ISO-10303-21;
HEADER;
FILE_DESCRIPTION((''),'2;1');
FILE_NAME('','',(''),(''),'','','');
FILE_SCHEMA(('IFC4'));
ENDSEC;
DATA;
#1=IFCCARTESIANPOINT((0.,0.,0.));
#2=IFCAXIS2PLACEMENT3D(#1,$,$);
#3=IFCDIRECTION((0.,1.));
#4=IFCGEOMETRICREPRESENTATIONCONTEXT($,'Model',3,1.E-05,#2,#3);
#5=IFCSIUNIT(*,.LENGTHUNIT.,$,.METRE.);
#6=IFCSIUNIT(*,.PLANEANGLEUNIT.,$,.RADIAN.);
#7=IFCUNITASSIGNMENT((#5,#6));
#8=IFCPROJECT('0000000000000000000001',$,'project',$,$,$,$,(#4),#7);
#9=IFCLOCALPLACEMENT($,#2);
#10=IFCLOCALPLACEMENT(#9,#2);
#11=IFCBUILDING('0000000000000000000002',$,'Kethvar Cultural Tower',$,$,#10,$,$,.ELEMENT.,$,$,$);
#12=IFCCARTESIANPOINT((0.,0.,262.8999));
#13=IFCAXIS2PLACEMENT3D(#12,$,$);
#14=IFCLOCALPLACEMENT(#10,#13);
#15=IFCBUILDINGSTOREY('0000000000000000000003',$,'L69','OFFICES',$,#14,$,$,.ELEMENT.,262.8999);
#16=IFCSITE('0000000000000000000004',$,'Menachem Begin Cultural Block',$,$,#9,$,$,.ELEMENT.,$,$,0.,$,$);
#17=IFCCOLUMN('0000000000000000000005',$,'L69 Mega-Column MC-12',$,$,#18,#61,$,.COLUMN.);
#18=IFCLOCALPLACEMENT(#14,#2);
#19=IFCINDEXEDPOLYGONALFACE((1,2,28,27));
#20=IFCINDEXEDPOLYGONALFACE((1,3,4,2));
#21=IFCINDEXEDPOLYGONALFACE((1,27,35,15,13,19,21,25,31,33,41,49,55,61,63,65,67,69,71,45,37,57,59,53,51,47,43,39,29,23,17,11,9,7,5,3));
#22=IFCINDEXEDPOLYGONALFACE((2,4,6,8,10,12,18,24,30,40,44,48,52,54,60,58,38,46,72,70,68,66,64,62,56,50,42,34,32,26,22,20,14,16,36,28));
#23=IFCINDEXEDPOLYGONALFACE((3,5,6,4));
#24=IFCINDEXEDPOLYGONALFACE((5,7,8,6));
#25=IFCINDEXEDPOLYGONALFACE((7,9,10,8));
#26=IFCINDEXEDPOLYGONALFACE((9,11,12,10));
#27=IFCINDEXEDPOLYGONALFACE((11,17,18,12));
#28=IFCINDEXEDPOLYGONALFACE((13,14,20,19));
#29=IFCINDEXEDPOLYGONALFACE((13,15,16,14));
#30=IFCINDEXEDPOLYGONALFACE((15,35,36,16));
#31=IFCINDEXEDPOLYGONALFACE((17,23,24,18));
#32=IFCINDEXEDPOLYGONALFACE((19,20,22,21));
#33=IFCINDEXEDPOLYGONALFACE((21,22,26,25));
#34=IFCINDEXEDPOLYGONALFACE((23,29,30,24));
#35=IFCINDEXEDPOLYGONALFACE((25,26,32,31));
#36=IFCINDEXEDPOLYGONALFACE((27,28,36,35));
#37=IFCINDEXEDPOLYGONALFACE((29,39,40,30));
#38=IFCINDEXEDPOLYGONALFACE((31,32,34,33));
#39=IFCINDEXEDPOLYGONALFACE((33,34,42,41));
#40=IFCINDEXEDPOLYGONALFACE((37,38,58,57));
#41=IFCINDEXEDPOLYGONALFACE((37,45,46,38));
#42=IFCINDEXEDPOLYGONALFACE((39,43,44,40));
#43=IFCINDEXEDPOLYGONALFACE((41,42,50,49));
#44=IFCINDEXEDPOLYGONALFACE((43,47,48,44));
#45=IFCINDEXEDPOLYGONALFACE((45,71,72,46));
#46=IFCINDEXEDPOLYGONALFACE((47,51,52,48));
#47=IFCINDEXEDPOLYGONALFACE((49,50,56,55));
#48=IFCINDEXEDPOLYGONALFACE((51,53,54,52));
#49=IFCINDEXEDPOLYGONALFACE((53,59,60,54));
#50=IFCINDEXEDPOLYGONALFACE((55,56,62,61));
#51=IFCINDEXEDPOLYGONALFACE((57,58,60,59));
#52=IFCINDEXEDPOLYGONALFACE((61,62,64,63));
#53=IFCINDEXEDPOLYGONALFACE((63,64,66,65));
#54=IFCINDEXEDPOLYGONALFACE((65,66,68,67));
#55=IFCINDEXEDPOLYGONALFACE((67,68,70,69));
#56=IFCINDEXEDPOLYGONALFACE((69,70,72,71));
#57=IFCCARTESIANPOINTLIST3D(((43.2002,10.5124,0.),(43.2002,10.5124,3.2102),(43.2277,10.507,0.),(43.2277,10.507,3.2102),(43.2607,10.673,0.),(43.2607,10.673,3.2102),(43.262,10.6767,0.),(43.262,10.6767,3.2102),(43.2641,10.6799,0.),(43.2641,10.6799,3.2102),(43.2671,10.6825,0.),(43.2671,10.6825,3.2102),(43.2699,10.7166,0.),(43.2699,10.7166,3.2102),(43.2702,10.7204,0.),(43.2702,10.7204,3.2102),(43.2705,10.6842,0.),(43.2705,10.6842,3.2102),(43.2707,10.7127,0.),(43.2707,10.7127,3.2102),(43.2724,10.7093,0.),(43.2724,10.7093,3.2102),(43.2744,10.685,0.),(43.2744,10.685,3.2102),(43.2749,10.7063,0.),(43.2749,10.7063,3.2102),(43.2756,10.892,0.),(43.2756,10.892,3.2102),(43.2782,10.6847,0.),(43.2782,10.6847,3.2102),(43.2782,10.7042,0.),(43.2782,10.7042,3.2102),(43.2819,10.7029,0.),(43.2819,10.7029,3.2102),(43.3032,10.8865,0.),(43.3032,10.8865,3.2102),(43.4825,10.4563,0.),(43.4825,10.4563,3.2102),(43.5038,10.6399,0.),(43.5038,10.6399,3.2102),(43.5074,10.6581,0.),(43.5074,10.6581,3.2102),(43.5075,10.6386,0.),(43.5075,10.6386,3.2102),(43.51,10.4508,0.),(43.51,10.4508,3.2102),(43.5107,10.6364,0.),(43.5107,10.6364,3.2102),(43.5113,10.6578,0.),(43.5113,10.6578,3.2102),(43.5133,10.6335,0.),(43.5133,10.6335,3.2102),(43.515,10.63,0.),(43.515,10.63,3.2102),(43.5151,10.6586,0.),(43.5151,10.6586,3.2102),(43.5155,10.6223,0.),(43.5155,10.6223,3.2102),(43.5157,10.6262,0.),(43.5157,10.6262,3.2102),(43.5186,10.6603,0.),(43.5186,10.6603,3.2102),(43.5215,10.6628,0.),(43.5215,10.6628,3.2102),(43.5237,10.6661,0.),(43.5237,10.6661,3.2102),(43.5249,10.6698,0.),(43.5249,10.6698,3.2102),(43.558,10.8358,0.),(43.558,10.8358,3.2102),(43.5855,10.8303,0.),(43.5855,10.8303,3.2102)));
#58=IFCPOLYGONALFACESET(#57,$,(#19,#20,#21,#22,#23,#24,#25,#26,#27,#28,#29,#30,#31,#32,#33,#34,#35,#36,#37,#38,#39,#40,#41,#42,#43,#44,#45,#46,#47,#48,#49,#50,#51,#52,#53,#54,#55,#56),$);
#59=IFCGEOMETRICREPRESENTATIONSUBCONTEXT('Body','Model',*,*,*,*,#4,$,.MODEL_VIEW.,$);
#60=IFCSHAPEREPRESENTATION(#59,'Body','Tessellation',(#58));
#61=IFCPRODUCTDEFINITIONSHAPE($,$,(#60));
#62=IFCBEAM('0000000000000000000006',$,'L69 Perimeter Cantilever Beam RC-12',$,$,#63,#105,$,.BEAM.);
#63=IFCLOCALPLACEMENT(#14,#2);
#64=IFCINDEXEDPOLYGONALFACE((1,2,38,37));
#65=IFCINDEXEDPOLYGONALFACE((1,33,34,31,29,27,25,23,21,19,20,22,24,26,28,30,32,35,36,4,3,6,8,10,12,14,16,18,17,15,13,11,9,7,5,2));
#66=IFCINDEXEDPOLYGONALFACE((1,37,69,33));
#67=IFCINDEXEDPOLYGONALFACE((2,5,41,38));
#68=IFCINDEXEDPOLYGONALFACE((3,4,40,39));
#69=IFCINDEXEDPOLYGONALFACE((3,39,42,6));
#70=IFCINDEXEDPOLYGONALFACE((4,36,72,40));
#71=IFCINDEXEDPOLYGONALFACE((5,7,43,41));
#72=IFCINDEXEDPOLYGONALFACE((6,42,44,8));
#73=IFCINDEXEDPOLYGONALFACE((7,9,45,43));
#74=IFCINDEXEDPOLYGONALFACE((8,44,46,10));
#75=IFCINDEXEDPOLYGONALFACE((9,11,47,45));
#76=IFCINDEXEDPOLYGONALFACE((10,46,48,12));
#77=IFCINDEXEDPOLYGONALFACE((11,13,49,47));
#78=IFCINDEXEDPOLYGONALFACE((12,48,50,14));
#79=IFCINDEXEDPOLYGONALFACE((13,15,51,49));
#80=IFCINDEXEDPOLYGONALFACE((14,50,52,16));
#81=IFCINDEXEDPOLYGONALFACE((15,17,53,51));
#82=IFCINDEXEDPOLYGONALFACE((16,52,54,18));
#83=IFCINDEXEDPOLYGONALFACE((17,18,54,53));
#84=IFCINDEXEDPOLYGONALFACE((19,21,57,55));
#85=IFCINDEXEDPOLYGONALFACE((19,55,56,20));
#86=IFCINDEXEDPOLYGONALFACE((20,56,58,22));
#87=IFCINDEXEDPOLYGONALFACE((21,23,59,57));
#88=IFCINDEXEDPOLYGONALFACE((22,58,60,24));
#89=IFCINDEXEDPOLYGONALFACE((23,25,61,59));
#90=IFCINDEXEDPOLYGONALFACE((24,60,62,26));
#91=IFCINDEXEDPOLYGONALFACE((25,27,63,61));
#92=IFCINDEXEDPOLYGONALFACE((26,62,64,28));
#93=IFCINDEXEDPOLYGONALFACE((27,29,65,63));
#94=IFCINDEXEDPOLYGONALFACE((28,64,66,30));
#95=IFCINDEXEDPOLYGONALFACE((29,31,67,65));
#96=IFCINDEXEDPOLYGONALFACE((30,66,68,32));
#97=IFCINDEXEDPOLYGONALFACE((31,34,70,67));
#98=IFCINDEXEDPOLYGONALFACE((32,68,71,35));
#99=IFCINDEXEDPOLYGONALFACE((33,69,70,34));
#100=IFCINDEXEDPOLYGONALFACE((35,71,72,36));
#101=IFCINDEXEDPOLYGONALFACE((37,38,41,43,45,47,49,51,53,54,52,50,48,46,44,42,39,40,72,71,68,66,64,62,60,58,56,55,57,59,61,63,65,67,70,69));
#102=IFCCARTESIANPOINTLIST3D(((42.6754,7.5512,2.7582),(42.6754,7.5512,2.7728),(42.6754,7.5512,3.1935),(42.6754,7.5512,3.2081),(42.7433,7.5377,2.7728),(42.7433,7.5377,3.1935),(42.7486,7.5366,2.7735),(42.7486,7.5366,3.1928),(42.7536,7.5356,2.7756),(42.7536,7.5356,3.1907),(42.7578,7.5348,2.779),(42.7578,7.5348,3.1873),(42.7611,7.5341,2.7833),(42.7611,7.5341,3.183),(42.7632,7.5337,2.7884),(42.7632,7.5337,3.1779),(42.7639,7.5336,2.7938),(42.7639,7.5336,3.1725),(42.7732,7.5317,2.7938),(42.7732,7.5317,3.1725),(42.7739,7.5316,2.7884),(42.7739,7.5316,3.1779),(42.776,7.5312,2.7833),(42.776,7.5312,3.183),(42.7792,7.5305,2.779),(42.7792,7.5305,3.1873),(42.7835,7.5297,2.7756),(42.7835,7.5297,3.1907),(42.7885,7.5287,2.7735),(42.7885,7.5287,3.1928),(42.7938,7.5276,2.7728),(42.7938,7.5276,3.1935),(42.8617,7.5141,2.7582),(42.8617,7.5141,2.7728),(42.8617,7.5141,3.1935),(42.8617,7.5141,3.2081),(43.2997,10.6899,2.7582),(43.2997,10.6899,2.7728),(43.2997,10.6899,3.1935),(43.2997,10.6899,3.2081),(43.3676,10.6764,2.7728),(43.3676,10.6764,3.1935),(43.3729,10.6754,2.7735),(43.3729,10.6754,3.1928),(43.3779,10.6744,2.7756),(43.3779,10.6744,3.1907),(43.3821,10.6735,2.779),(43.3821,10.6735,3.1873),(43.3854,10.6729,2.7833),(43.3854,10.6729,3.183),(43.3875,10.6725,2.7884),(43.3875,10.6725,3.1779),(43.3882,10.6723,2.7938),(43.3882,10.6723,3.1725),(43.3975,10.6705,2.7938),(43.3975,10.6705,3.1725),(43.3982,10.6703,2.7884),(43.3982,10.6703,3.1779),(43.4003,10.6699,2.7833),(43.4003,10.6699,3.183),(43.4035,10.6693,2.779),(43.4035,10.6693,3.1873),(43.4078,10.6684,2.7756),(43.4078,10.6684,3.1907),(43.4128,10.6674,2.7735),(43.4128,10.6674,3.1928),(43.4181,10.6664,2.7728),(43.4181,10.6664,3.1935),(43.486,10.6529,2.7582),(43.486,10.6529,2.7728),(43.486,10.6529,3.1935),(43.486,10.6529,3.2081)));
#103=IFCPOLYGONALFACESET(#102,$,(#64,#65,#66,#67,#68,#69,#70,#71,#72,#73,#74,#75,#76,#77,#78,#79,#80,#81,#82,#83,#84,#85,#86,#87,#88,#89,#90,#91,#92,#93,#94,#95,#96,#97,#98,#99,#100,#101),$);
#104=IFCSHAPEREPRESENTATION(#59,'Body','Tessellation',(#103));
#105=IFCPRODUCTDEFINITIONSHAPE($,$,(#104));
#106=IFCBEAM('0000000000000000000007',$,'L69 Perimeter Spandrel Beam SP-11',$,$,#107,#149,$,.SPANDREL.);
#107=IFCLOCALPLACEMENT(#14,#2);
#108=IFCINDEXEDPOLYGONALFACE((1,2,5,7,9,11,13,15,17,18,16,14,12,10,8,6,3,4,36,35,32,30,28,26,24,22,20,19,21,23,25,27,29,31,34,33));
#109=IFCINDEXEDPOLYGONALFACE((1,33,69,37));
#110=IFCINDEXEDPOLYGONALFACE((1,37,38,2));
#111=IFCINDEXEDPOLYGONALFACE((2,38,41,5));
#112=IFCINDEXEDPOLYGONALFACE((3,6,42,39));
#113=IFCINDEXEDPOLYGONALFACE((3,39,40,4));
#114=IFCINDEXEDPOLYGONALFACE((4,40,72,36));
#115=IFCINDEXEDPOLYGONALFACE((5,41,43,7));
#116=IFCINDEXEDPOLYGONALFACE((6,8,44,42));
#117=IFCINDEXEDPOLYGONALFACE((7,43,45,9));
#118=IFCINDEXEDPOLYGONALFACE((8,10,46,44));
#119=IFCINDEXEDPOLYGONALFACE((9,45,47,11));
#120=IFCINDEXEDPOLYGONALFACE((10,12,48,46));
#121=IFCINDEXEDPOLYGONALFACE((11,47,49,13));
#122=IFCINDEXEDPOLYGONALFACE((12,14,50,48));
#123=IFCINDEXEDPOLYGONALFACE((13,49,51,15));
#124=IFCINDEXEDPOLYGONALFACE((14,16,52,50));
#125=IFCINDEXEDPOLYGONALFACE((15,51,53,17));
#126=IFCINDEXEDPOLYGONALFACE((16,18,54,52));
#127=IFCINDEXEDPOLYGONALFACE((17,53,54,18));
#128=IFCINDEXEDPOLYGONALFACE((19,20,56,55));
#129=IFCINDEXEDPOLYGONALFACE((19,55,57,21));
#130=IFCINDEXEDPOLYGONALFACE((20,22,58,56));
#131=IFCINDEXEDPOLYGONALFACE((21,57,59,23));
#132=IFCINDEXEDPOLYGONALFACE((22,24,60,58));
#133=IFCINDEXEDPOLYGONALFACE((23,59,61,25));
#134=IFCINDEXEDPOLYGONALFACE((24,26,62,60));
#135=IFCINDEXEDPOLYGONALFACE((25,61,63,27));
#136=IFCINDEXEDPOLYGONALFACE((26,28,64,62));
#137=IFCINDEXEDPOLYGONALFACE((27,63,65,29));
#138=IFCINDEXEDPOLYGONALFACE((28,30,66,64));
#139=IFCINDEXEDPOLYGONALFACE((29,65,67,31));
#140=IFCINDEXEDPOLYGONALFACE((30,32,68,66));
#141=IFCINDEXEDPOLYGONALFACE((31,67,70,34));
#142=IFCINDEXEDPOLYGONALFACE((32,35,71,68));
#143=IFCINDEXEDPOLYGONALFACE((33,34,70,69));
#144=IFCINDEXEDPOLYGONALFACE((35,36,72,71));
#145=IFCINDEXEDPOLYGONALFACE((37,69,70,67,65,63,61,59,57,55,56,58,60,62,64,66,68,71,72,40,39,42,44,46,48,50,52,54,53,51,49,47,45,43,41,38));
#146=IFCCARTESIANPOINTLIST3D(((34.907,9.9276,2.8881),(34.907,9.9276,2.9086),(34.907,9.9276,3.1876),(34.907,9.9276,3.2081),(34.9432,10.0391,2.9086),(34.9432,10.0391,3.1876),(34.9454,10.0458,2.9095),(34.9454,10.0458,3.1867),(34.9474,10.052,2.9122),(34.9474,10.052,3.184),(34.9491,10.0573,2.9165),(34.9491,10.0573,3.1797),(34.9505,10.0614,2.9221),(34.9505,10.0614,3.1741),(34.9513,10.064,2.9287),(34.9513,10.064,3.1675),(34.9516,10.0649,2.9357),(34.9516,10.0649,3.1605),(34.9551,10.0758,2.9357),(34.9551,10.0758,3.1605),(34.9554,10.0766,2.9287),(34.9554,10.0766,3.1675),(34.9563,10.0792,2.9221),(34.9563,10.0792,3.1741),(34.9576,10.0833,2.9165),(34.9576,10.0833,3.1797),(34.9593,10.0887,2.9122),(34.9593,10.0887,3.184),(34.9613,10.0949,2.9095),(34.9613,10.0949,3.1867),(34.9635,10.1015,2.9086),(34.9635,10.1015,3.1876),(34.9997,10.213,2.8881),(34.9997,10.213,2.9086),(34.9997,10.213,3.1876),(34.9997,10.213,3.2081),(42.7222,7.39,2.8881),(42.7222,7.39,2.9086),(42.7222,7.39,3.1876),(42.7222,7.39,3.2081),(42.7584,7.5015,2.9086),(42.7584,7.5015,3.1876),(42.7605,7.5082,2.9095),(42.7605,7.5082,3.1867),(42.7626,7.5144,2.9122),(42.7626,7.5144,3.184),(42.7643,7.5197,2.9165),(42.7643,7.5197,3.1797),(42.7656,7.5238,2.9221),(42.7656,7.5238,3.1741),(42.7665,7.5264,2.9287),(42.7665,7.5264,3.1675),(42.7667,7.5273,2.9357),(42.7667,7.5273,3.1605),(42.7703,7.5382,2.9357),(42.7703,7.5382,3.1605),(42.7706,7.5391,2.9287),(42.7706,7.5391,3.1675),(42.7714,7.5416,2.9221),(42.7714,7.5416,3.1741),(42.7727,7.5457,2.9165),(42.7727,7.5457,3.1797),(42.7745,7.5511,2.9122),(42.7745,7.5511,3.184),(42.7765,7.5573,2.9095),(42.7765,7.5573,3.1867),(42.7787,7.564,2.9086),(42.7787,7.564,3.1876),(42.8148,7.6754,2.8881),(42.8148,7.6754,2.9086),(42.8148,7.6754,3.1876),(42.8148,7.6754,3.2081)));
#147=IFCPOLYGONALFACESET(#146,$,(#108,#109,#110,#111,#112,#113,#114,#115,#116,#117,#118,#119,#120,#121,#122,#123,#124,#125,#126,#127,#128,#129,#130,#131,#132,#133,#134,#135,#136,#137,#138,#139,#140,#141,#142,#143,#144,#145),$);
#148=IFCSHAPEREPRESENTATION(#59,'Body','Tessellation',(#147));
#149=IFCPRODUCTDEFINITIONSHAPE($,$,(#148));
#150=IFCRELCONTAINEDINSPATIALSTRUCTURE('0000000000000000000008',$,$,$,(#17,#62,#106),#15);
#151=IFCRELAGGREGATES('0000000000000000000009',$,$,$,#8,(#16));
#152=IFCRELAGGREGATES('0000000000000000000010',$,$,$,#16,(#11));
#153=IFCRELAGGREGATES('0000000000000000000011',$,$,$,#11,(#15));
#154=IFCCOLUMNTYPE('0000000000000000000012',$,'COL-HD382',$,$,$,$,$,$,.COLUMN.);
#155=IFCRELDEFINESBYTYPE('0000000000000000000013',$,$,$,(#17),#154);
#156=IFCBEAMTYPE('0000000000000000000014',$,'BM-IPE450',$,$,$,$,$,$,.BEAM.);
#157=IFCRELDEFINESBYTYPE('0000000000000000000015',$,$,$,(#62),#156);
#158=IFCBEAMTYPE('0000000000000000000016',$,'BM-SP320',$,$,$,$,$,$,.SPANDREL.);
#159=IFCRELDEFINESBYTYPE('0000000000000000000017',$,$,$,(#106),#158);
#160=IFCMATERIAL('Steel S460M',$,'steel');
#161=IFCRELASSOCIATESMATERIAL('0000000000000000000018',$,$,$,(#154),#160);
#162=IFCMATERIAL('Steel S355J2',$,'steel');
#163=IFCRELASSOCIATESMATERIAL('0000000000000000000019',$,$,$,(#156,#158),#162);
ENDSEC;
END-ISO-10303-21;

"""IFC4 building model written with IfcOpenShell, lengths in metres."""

from ifc_helpers import new_model, si_unit, direction, frame, origin, origin_2d, place, context, subcontext, project, spatial, i_section, extrude, source, transform, mapped, material, material_profile, profile_set, type_object, element, save


model = new_model("IFC4")

# Units and contexts
model_context = context("Model", 3, precision=1e-05, world=origin(), true_north=direction((0.0, 1.0)))
body_context = subcontext(model_context, "Body", "Model", "MODEL_VIEW")
ifc_project = project(units=[si_unit("LENGTHUNIT", "METRE"), si_unit("PLANEANGLEUNIT", "RADIAN")], contexts=[model_context])

# Site, building, storey
site_placement = place(None, origin())
site = spatial("IfcSite", under=ifc_project, at=site_placement, Name="Menachem Begin Cultural Block", CompositionType="ELEMENT", RefElevation=0.0)
building_placement = place(site_placement, origin())
building = spatial("IfcBuilding", under=site, at=building_placement, Name="Kethvar Cultural Tower", CompositionType="ELEMENT")
storey_placement = place(building_placement, frame((0.0, 0.0, 262.8999)))
storey = spatial("IfcBuildingStorey", under=building, at=storey_placement, Name="L69", Description="OFFICES", CompositionType="ELEMENT", Elevation=262.8999)

# Column
ifc_material_1 = material(Name="Steel S460M", Category="steel")
ifc_material_profile_1 = material_profile(ifc_material_1, i_section(OverallWidth=0.387, OverallDepth=0.3159, WebThickness=0.0186, FlangeThickness=0.0281, FilletRadius=0.0149, at=origin_2d()), Name="Steel S460M — HD400x382")
ifc_profile_set_1 = profile_set([ifc_material_profile_1], Name="Steel S460M — HD400x382")
column_type = type_object("IfcColumnType", Name="COL-HD382", PredefinedType="COLUMN", material=ifc_profile_set_1)
shared_shape_1 = source(origin(), body_context, "Body", "SweptSolid", [
    extrude(i_section(OverallWidth=0.387, OverallDepth=0.3159, WebThickness=0.0186, FlangeThickness=0.0281, FilletRadius=0.0149, at=origin_2d()), origin(), (0.0, 0.0, 1.0), 3.2102),
])
column_placement = place(storey_placement, frame((43.3928, 10.6714, 0.0), z_axis=(0.0, 0.0, 1.0), x_axis=(-0.19509, -0.980785, 0.0)))
element("IfcColumn", 1, at=column_placement, inside=storey, type_object=column_type, Name="L69 Mega-Column MC-12", PredefinedType="COLUMN", context=body_context, shape_type="MappedRepresentation", body=[
    mapped(shared_shape_1, transform((0.0, 0.0, 0.0), scale=1.0)),
])

# Beams
ifc_material_2 = material(Name="Steel S355J2", Category="steel")
ifc_material_profile_2 = material_profile(ifc_material_2, i_section(OverallWidth=0.1899, OverallDepth=0.45, WebThickness=0.0095, FlangeThickness=0.0146, FilletRadius=0.021, at=origin_2d()), Name="Steel S355J2 — IPE450")
ifc_profile_set_2 = profile_set([ifc_material_profile_2], Name="Steel S355J2 — IPE450")
beam_type_1 = type_object("IfcBeamType", Name="BM-IPE450", PredefinedType="BEAM", material=ifc_profile_set_2)
shared_shape_2 = source(origin(), body_context, "Body", "SweptSolid", [
    extrude(i_section(OverallWidth=0.1899, OverallDepth=0.45, WebThickness=0.0095, FlangeThickness=0.0146, FilletRadius=0.021, at=origin_2d()), origin(), (0.0, 0.0, 1.0), 3.2002),
])
beam_1_placement = place(storey_placement, frame((43.3928, 10.6714, 2.9832), z_axis=(-0.195074, -0.980788, 0.0), x_axis=(0.980788, -0.195074, 0.0)))
element("IfcBeam", 2, at=beam_1_placement, inside=storey, type_object=beam_type_1, Name="L69 Perimeter Cantilever Beam RC-12", PredefinedType="BEAM", context=body_context, shape_type="MappedRepresentation", body=[
    mapped(shared_shape_2, transform((0.0, 0.0, 0.0), scale=1.0)),
])
ifc_material_profile_3 = material_profile(ifc_material_2, i_section(OverallWidth=0.3, OverallDepth=0.3201, WebThickness=0.0115, FlangeThickness=0.0205, FilletRadius=0.0271, at=origin_2d()), Name="Steel S355J2 — HEB320")
ifc_profile_set_3 = profile_set([ifc_material_profile_3], Name="Steel S355J2 — HEB320")
beam_type_2 = type_object("IfcBeamType", Name="BM-SP320", PredefinedType="SPANDREL", material=ifc_profile_set_3)
shared_shape_3 = source(origin(), body_context, "Body", "SweptSolid", [
    extrude(i_section(OverallWidth=0.3, OverallDepth=0.3201, WebThickness=0.0115, FlangeThickness=0.0205, FilletRadius=0.0271, at=origin_2d()), origin(), (0.0, 0.0, 1.0), 8.2168),
])
beam_2_placement = place(storey_placement, frame((34.9534, 10.0703, 3.0481), z_axis=(0.951118, -0.308829, 0.0), x_axis=(0.308829, 0.951118, 0.0)))
element("IfcBeam", 3, at=beam_2_placement, inside=storey, type_object=beam_type_2, Name="L69 Perimeter Spandrel Beam SP-11", PredefinedType="SPANDREL", context=body_context, shape_type="MappedRepresentation", body=[
    mapped(shared_shape_3, transform((0.0, 0.0, 0.0), scale=1.0)),
])

save(model, "model.ifc")
